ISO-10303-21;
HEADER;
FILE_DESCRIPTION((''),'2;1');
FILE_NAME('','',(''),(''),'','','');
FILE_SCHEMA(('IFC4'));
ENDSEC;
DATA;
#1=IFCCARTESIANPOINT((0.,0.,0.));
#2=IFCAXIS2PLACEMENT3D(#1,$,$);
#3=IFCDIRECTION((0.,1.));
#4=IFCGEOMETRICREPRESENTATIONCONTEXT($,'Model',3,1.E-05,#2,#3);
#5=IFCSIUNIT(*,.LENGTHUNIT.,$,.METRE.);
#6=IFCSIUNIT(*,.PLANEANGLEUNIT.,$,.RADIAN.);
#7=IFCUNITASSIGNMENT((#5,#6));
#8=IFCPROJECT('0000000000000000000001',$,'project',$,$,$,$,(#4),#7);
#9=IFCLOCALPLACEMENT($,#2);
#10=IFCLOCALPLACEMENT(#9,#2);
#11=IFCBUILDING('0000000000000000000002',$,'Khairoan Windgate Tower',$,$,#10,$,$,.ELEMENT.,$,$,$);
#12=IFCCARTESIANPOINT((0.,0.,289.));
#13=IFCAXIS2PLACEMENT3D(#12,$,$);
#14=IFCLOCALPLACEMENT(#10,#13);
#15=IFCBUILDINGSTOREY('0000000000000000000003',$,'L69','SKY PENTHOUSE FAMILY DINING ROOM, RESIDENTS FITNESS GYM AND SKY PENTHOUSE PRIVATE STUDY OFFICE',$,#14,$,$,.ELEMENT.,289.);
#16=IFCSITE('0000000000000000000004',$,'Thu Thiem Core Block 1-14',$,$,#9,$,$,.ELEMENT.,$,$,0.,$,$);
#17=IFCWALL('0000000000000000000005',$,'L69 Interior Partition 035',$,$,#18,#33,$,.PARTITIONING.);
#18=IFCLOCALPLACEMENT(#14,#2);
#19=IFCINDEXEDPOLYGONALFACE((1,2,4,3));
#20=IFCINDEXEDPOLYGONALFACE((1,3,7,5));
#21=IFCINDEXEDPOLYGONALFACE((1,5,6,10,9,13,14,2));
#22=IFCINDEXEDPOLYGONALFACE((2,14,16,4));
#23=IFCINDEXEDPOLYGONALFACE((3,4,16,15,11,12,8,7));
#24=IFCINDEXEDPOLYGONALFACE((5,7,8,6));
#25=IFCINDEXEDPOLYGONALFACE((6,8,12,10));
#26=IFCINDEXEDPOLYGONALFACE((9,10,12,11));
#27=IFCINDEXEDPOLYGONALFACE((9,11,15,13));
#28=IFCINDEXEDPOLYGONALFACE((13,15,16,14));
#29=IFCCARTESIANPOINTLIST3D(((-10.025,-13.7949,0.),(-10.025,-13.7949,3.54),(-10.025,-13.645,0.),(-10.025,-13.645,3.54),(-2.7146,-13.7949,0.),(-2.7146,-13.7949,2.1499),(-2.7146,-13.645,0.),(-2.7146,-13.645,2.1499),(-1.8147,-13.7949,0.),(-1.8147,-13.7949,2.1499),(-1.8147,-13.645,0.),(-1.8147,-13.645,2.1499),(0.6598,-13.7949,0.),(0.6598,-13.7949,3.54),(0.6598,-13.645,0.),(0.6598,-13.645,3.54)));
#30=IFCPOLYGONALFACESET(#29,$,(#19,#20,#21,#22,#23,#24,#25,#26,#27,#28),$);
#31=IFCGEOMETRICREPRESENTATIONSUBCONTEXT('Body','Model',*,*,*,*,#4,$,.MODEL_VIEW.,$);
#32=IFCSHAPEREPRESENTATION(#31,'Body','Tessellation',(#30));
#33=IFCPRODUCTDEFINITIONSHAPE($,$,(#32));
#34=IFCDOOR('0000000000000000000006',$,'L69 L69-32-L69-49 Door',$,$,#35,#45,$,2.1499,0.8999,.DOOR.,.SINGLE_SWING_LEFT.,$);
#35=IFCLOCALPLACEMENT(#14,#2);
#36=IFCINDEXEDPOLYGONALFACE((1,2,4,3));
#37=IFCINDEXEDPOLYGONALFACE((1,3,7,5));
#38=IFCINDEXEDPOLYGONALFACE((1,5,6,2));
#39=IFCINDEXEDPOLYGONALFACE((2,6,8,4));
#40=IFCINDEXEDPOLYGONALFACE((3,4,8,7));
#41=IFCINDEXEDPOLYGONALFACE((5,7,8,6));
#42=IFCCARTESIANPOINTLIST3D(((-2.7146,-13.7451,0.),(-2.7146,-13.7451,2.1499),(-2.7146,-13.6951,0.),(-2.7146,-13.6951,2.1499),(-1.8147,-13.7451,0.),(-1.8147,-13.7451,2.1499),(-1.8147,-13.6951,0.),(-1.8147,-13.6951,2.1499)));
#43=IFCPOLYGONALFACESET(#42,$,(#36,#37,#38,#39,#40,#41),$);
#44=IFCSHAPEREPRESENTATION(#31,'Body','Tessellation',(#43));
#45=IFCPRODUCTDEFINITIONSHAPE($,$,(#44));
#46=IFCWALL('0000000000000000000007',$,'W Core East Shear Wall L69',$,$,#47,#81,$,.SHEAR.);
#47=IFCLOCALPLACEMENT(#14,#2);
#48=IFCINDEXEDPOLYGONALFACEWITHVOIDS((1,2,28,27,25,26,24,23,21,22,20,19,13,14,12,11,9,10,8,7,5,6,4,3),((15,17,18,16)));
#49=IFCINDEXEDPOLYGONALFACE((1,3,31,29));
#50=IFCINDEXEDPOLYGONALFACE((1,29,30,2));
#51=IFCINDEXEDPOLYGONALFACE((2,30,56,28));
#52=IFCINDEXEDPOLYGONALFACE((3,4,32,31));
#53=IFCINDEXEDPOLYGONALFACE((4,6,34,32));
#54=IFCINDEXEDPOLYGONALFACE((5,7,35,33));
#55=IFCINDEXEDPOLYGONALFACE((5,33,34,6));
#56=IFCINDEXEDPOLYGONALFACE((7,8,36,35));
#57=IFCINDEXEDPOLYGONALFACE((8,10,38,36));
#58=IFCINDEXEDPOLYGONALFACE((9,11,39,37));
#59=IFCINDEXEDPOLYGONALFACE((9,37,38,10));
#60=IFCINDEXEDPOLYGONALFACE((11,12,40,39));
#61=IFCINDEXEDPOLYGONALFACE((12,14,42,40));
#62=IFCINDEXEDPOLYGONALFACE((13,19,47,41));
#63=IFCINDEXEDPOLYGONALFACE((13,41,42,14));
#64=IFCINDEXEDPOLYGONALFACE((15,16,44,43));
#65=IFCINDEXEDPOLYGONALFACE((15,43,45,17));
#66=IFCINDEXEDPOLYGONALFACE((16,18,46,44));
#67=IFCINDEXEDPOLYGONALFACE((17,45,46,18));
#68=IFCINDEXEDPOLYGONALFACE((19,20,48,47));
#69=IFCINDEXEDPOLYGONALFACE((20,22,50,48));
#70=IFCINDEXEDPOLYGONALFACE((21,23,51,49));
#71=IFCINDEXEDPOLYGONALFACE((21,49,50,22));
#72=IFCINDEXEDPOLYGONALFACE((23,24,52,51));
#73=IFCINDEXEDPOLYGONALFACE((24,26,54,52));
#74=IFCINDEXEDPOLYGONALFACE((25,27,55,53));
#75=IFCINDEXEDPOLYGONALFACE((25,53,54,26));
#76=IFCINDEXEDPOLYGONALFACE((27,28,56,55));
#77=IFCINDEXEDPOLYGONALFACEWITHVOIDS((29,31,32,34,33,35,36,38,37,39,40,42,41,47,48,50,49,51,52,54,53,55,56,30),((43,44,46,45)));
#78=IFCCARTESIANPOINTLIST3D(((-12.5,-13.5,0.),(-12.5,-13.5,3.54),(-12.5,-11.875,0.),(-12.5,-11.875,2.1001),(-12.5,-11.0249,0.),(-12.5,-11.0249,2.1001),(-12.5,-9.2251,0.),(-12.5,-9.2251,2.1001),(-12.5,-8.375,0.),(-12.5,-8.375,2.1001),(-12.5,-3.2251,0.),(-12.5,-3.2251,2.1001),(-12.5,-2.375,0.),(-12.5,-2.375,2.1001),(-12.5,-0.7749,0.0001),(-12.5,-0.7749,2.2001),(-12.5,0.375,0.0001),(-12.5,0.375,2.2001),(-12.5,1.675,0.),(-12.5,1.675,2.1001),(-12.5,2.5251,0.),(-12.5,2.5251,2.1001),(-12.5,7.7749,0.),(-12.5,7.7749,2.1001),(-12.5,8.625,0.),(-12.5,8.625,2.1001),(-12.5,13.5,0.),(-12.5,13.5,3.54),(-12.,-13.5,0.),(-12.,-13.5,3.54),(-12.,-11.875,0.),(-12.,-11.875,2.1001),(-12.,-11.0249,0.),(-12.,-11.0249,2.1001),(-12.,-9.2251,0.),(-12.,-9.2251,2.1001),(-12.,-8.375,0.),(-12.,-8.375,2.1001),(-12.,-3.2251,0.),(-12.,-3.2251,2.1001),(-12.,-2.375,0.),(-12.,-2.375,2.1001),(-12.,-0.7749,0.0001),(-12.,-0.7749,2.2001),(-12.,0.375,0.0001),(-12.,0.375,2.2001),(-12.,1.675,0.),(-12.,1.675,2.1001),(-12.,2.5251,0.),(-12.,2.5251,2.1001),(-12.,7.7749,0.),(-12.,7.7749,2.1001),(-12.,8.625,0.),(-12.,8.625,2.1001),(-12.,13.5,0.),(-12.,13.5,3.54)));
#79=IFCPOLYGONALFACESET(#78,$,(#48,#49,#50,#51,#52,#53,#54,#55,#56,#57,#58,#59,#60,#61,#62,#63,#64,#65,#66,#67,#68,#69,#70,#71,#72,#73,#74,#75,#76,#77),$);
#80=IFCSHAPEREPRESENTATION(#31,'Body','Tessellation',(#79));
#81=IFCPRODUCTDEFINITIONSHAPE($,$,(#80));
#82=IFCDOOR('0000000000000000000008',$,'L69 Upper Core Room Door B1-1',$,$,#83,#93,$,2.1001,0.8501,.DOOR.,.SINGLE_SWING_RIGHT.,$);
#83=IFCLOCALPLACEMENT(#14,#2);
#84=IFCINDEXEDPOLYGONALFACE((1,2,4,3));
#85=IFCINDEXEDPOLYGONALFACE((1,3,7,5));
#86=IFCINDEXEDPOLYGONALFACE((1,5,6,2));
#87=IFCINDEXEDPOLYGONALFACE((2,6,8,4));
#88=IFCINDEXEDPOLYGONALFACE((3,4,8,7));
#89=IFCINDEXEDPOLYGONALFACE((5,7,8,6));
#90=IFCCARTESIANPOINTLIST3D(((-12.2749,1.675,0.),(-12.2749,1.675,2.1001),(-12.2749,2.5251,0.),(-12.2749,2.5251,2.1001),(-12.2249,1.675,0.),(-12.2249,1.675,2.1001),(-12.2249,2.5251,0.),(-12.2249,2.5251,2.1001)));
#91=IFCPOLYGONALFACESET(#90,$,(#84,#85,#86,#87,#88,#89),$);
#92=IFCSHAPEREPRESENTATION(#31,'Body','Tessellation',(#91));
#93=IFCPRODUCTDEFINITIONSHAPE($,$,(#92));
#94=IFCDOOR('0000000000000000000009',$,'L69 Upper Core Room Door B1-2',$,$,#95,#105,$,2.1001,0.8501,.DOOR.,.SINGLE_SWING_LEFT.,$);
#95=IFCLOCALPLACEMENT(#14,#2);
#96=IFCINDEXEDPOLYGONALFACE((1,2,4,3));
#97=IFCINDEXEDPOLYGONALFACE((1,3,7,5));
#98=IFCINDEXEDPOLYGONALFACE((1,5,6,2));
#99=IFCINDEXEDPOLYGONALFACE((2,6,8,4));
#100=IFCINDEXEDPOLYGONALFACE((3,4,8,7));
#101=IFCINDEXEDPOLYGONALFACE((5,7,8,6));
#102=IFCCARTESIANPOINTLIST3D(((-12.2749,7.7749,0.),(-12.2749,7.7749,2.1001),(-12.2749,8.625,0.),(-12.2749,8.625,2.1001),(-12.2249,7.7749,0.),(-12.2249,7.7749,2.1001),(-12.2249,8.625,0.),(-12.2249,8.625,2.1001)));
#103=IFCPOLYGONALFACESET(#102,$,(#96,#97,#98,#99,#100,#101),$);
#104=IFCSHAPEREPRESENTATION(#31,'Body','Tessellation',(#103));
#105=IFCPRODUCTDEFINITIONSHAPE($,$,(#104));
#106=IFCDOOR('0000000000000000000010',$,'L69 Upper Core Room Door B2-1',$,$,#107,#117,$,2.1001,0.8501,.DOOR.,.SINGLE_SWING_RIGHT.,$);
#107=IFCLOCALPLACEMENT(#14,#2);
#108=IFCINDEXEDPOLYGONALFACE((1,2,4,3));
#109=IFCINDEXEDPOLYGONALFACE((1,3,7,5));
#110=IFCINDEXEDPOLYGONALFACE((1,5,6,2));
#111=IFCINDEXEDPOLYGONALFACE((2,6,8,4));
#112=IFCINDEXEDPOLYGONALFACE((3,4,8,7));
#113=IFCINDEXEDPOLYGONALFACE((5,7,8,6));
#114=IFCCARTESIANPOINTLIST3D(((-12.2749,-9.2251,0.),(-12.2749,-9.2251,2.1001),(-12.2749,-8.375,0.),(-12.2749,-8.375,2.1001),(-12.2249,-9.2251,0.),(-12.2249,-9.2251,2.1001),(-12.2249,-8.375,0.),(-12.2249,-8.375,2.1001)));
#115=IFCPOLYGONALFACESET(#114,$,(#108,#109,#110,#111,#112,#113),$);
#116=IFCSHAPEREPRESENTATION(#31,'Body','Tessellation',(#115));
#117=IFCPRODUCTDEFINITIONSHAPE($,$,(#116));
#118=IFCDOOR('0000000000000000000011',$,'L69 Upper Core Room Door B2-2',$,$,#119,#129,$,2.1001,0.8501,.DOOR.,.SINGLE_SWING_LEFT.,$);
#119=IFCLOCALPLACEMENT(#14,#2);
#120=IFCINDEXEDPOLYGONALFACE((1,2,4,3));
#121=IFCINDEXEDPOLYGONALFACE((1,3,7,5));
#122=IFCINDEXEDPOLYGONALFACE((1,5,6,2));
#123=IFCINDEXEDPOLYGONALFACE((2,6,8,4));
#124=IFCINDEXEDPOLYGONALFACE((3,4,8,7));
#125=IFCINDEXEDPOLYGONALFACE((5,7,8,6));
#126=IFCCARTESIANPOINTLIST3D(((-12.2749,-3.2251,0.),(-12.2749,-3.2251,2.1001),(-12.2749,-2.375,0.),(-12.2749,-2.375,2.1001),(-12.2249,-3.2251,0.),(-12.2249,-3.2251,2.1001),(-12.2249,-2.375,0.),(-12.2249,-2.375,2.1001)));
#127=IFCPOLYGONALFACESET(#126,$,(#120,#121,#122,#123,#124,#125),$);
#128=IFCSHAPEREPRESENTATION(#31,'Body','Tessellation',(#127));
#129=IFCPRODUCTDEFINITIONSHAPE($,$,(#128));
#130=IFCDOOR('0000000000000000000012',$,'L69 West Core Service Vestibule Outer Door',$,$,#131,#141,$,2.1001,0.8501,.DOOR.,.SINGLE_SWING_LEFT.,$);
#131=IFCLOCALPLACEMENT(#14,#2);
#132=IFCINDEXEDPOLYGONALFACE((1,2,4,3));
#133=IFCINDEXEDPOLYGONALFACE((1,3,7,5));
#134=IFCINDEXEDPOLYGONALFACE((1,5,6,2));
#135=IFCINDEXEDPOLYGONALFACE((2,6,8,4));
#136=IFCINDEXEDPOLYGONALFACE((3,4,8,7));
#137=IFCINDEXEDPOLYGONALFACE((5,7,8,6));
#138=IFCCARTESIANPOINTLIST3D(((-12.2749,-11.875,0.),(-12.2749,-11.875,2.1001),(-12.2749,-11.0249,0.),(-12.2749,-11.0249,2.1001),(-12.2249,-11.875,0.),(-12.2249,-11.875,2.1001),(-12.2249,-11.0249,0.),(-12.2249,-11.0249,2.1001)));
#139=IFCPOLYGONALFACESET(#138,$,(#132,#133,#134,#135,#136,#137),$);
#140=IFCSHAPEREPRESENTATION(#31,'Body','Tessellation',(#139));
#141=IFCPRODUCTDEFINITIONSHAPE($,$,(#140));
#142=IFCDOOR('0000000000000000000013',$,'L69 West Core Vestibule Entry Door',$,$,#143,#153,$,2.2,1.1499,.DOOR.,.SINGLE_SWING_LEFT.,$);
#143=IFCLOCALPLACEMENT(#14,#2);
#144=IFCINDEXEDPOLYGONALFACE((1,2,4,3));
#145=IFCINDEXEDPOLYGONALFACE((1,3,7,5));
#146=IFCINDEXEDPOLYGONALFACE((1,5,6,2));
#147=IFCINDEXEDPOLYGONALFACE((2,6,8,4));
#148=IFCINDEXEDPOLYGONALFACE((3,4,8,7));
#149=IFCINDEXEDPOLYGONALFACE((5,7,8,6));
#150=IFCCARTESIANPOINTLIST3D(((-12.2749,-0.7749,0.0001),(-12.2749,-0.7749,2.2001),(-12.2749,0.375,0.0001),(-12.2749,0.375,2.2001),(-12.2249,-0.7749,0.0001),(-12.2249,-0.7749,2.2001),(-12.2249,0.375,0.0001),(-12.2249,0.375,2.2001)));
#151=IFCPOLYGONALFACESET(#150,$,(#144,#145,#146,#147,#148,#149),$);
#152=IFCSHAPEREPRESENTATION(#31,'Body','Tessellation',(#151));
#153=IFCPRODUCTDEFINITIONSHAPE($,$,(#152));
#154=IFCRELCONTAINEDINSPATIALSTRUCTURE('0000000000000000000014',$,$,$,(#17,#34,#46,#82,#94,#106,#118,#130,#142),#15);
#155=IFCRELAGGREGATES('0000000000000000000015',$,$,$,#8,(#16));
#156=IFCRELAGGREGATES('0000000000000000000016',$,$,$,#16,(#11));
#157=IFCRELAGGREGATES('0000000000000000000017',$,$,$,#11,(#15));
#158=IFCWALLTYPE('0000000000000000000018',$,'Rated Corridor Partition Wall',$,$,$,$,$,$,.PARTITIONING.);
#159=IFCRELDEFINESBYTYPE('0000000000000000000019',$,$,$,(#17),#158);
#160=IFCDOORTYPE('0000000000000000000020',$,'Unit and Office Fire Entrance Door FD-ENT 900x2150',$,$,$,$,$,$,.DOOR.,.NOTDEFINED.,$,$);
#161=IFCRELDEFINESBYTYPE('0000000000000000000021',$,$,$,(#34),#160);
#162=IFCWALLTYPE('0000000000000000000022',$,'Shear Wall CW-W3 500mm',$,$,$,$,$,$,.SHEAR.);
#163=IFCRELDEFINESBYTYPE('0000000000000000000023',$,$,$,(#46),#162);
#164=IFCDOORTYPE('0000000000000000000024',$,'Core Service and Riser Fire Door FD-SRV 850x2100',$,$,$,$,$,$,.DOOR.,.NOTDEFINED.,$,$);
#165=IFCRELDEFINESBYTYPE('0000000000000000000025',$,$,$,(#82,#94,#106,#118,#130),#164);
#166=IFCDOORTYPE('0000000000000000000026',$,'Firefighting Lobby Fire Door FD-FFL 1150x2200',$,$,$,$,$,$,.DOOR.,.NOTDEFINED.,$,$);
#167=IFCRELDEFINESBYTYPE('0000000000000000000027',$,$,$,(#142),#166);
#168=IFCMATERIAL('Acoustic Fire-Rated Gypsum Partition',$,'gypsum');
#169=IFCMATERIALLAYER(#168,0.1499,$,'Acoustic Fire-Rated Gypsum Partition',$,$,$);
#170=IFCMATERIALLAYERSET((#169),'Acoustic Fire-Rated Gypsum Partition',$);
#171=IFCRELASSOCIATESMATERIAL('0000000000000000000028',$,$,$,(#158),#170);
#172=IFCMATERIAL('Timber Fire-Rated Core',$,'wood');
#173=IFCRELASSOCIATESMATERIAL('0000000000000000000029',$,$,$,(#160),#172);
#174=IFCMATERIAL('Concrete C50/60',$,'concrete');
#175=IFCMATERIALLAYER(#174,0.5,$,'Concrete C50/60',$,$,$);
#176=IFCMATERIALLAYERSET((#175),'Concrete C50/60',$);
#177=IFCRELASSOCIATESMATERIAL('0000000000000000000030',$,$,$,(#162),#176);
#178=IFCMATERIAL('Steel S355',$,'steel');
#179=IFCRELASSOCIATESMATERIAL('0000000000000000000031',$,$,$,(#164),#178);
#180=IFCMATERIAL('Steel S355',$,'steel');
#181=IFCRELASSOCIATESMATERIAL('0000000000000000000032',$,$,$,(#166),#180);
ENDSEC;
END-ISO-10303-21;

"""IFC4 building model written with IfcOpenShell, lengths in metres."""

from ifc_helpers import new_model, si_unit, direction, frame, frame_2d, origin, place, context, subcontext, project, spatial, rectangle, extrude, material, layer, layer_set, type_object, element, fill, save


model = new_model("IFC4")

# Units and contexts
model_context = context("Model", 3, precision=1e-05, world=origin(), true_north=direction((0.0, 1.0)))
body_context = subcontext(model_context, "Body", "Model", "MODEL_VIEW")
ifc_project = project(units=[si_unit("LENGTHUNIT", "METRE"), si_unit("PLANEANGLEUNIT", "RADIAN")], contexts=[model_context])

# Site, building, storey
site_placement = place(None, origin())
site = spatial("IfcSite", under=ifc_project, at=site_placement, Name="Thu Thiem Core Block 1-14", CompositionType="ELEMENT", RefElevation=0.0)
building_placement = place(site_placement, origin())
building = spatial("IfcBuilding", under=site, at=building_placement, Name="Khairoan Windgate Tower", CompositionType="ELEMENT")
storey_placement = place(building_placement, frame((0.0, 0.0, 289.0)))
storey = spatial("IfcBuildingStorey", under=building, at=storey_placement, Name="L69", Description="SKY PENTHOUSE FAMILY DINING ROOM, RESIDENTS FITNESS GYM AND SKY PENTHOUSE PRIVATE STUDY OFFICE", CompositionType="ELEMENT", Elevation=289.0)

# Wall, opening, door
ifc_material_1 = material(Name="Acoustic Fire-Rated Gypsum Partition", Category="gypsum")
ifc_layer_1 = layer(ifc_material_1, 0.1499, Name="Acoustic Fire-Rated Gypsum Partition")
ifc_layer_set_1 = layer_set([ifc_layer_1], Name="Acoustic Fire-Rated Gypsum Partition")
wall_type_1 = type_object("IfcWallType", Name="Rated Corridor Partition Wall", PredefinedType="PARTITIONING", material=ifc_layer_set_1)
ifc_material_2 = material(Name="Timber Fire-Rated Core", Category="wood")
door_type_1 = type_object("IfcDoorType", Name="Unit and Office Fire Entrance Door FD-ENT 900x2150", OperationType="NOTDEFINED", PredefinedType="DOOR", material=ifc_material_2)
wall_1_placement = place(storey_placement, frame((-10.0249, -13.72, 0.0), z_axis=(0.0, 0.0, 1.0), x_axis=(1.0, 0.0, 0.0)))
wall_1 = element("IfcWall", 1, at=wall_1_placement, inside=storey, type_object=wall_type_1, Name="L69 Interior Partition 035", PredefinedType="PARTITIONING", context=body_context, shape_type="SweptSolid", body=[
    extrude(rectangle(XDim=10.6848, YDim=0.1499, at=frame_2d((5.3423, 0.0))), origin(), (0.0, 0.0, 1.0), 3.54),
])
opening_1_placement = place(wall_1_placement, frame((7.3103, 0.0, 0.0)))
opening_1 = element("IfcOpeningElement", 2, at=opening_1_placement, cuts=wall_1, PredefinedType="OPENING", context=body_context, shape_type="SweptSolid", body=[
    extrude(rectangle(XDim=0.8999, YDim=2.1499, at=frame_2d((0.45, 1.075))), frame((0.0, 0.085, 0.0), z_axis=(0.0, -1.0, 0.0), x_axis=(1.0, 0.0, 0.0)), (0.0, 0.0, 1.0), 0.1699),
])
door_1_placement = place(opening_1_placement, origin())
door_1 = element("IfcDoor", 3, at=door_1_placement, inside=storey, type_object=door_type_1, Name="L69 L69-32-L69-49 Door", OperationType="SINGLE_SWING_LEFT", OverallHeight=2.1499, OverallWidth=0.8999, PredefinedType="DOOR", context=body_context, shape_type="SweptSolid", body=[
    extrude(rectangle(XDim=0.8999, YDim=2.1499, at=frame_2d((0.45, 1.075))), frame((0.0, 0.0249, 0.0), z_axis=(0.0, -1.0, 0.0), x_axis=(1.0, 0.0, 0.0)), (0.0, 0.0, 1.0), 0.05),
])
fill(opening_1, door_1)

# Wall, openings, doors
ifc_material_3 = material(Name="Concrete C50/60", Category="concrete")
ifc_layer_2 = layer(ifc_material_3, 0.5, Name="Concrete C50/60")
ifc_layer_set_2 = layer_set([ifc_layer_2], Name="Concrete C50/60")
wall_type_2 = type_object("IfcWallType", Name="Shear Wall CW-W3 500mm", PredefinedType="SHEAR", material=ifc_layer_set_2)
wall_2_placement = place(storey_placement, frame((-12.25, -13.5, 0.0), z_axis=(0.0, 0.0, 1.0), x_axis=(0.0, 1.0, 0.0)))
wall_2 = element("IfcWall", 4, at=wall_2_placement, inside=storey, type_object=wall_type_2, Name="W Core East Shear Wall L69", PredefinedType="SHEAR", context=body_context, shape_type="SweptSolid", body=[
    extrude(rectangle(XDim=27.0, YDim=0.5, at=frame_2d((13.5, 0.0))), origin(), (0.0, 0.0, 1.0), 3.54),
])
opening_2_placement = place(wall_2_placement, frame((15.175, 0.0, 0.0)))
opening_2 = element("IfcOpeningElement", 5, at=opening_2_placement, cuts=wall_2, PredefinedType="OPENING", context=body_context, shape_type="SweptSolid", body=[
    extrude(rectangle(XDim=0.8501, YDim=2.1001, at=frame_2d((0.425, 1.05))), frame((0.0, 0.26, 0.0), z_axis=(0.0, -1.0, 0.0), x_axis=(1.0, 0.0, 0.0)), (0.0, 0.0, 1.0), 0.52),
])
opening_3_placement = place(wall_2_placement, frame((21.2749, 0.0, 0.0)))
opening_3 = element("IfcOpeningElement", 6, at=opening_3_placement, cuts=wall_2, PredefinedType="OPENING", context=body_context, shape_type="SweptSolid", body=[
    extrude(rectangle(XDim=0.8501, YDim=2.1001, at=frame_2d((0.425, 1.05))), frame((0.0, 0.26, 0.0), z_axis=(0.0, -1.0, 0.0), x_axis=(1.0, 0.0, 0.0)), (0.0, 0.0, 1.0), 0.52),
])
opening_4_placement = place(wall_2_placement, frame((4.2749, 0.0, 0.0)))
opening_4 = element("IfcOpeningElement", 7, at=opening_4_placement, cuts=wall_2, PredefinedType="OPENING", context=body_context, shape_type="SweptSolid", body=[
    extrude(rectangle(XDim=0.8501, YDim=2.1001, at=frame_2d((0.425, 1.05))), frame((0.0, 0.26, 0.0), z_axis=(0.0, -1.0, 0.0), x_axis=(1.0, 0.0, 0.0)), (0.0, 0.0, 1.0), 0.52),
])
opening_5_placement = place(wall_2_placement, frame((10.2749, 0.0, 0.0)))
opening_5 = element("IfcOpeningElement", 8, at=opening_5_placement, cuts=wall_2, PredefinedType="OPENING", context=body_context, shape_type="SweptSolid", body=[
    extrude(rectangle(XDim=0.8501, YDim=2.1001, at=frame_2d((0.425, 1.05))), frame((0.0, 0.26, 0.0), z_axis=(0.0, -1.0, 0.0), x_axis=(1.0, 0.0, 0.0)), (0.0, 0.0, 1.0), 0.52),
])
opening_6_placement = place(wall_2_placement, frame((12.7251, 0.0, 0.0)))
opening_6 = element("IfcOpeningElement", 9, at=opening_6_placement, cuts=wall_2, PredefinedType="OPENING", context=body_context, shape_type="SweptSolid", body=[
    extrude(rectangle(XDim=1.1499, YDim=2.2, at=frame_2d((0.575, 1.1001))), frame((0.0, 0.26, 0.0), z_axis=(0.0, -1.0, 0.0), x_axis=(1.0, 0.0, 0.0)), (0.0, 0.0, 1.0), 0.52),
])
opening_7_placement = place(wall_2_placement, frame((1.625, 0.0, 0.0)))
opening_7 = element("IfcOpeningElement", 10, at=opening_7_placement, cuts=wall_2, PredefinedType="OPENING", context=body_context, shape_type="SweptSolid", body=[
    extrude(rectangle(XDim=0.8501, YDim=2.1001, at=frame_2d((0.425, 1.05))), frame((0.0, 0.26, 0.0), z_axis=(0.0, -1.0, 0.0), x_axis=(1.0, 0.0, 0.0)), (0.0, 0.0, 1.0), 0.52),
])
ifc_material_4 = material(Name="Steel S355", Category="steel")
door_type_2 = type_object("IfcDoorType", Name="Core Service and Riser Fire Door FD-SRV 850x2100", OperationType="NOTDEFINED", PredefinedType="DOOR", material=ifc_material_4)
door_2_placement = place(opening_2_placement, origin())
door_2 = element("IfcDoor", 11, at=door_2_placement, inside=storey, type_object=door_type_2, Name="L69 Upper Core Room Door B1-1", OperationType="SINGLE_SWING_RIGHT", OverallHeight=2.1001, OverallWidth=0.8501, PredefinedType="DOOR", context=body_context, shape_type="SweptSolid", body=[
    extrude(rectangle(XDim=0.8501, YDim=2.1001, at=frame_2d((0.425, 1.05))), frame((0.0, 0.0249, 0.0), z_axis=(0.0, -1.0, 0.0), x_axis=(1.0, 0.0, 0.0)), (0.0, 0.0, 1.0), 0.05),
])
fill(opening_2, door_2)
door_3_placement = place(opening_3_placement, origin())
door_3 = element("IfcDoor", 12, at=door_3_placement, inside=storey, type_object=door_type_2, Name="L69 Upper Core Room Door B1-2", OperationType="SINGLE_SWING_LEFT", OverallHeight=2.1001, OverallWidth=0.8501, PredefinedType="DOOR", context=body_context, shape_type="SweptSolid", body=[
    extrude(rectangle(XDim=0.8501, YDim=2.1001, at=frame_2d((0.425, 1.05))), frame((0.0, 0.0249, 0.0), z_axis=(0.0, -1.0, 0.0), x_axis=(1.0, 0.0, 0.0)), (0.0, 0.0, 1.0), 0.05),
])
fill(opening_3, door_3)
door_4_placement = place(opening_4_placement, origin())
door_4 = element("IfcDoor", 13, at=door_4_placement, inside=storey, type_object=door_type_2, Name="L69 Upper Core Room Door B2-1", OperationType="SINGLE_SWING_RIGHT", OverallHeight=2.1001, OverallWidth=0.8501, PredefinedType="DOOR", context=body_context, shape_type="SweptSolid", body=[
    extrude(rectangle(XDim=0.8501, YDim=2.1001, at=frame_2d((0.425, 1.05))), frame((0.0, 0.0249, 0.0), z_axis=(0.0, -1.0, 0.0), x_axis=(1.0, 0.0, 0.0)), (0.0, 0.0, 1.0), 0.05),
])
fill(opening_4, door_4)
door_5_placement = place(opening_5_placement, origin())
door_5 = element("IfcDoor", 14, at=door_5_placement, inside=storey, type_object=door_type_2, Name="L69 Upper Core Room Door B2-2", OperationType="SINGLE_SWING_LEFT", OverallHeight=2.1001, OverallWidth=0.8501, PredefinedType="DOOR", context=body_context, shape_type="SweptSolid", body=[
    extrude(rectangle(XDim=0.8501, YDim=2.1001, at=frame_2d((0.425, 1.05))), frame((0.0, 0.0249, 0.0), z_axis=(0.0, -1.0, 0.0), x_axis=(1.0, 0.0, 0.0)), (0.0, 0.0, 1.0), 0.05),
])
fill(opening_5, door_5)
door_6_placement = place(opening_7_placement, origin())
door_6 = element("IfcDoor", 15, at=door_6_placement, inside=storey, type_object=door_type_2, Name="L69 West Core Service Vestibule Outer Door", OperationType="SINGLE_SWING_LEFT", OverallHeight=2.1001, OverallWidth=0.8501, PredefinedType="DOOR", context=body_context, shape_type="SweptSolid", body=[
    extrude(rectangle(XDim=0.8501, YDim=2.1001, at=frame_2d((0.425, 1.05))), frame((0.0, 0.0249, 0.0), z_axis=(0.0, -1.0, 0.0), x_axis=(1.0, 0.0, 0.0)), (0.0, 0.0, 1.0), 0.05),
])
fill(opening_7, door_6)
ifc_material_5 = material(Name="Steel S355", Category="steel")
door_type_3 = type_object("IfcDoorType", Name="Firefighting Lobby Fire Door FD-FFL 1150x2200", OperationType="NOTDEFINED", PredefinedType="DOOR", material=ifc_material_5)
door_7_placement = place(opening_6_placement, origin())
door_7 = element("IfcDoor", 16, at=door_7_placement, inside=storey, type_object=door_type_3, Name="L69 West Core Vestibule Entry Door", OperationType="SINGLE_SWING_LEFT", OverallHeight=2.2, OverallWidth=1.1499, PredefinedType="DOOR", context=body_context, shape_type="SweptSolid", body=[
    extrude(rectangle(XDim=1.1499, YDim=2.2, at=frame_2d((0.575, 1.1001))), frame((0.0, 0.0249, 0.0), z_axis=(0.0, -1.0, 0.0), x_axis=(1.0, 0.0, 0.0)), (0.0, 0.0, 1.0), 0.05),
])
fill(opening_6, door_7)

save(model, "model.ifc")
